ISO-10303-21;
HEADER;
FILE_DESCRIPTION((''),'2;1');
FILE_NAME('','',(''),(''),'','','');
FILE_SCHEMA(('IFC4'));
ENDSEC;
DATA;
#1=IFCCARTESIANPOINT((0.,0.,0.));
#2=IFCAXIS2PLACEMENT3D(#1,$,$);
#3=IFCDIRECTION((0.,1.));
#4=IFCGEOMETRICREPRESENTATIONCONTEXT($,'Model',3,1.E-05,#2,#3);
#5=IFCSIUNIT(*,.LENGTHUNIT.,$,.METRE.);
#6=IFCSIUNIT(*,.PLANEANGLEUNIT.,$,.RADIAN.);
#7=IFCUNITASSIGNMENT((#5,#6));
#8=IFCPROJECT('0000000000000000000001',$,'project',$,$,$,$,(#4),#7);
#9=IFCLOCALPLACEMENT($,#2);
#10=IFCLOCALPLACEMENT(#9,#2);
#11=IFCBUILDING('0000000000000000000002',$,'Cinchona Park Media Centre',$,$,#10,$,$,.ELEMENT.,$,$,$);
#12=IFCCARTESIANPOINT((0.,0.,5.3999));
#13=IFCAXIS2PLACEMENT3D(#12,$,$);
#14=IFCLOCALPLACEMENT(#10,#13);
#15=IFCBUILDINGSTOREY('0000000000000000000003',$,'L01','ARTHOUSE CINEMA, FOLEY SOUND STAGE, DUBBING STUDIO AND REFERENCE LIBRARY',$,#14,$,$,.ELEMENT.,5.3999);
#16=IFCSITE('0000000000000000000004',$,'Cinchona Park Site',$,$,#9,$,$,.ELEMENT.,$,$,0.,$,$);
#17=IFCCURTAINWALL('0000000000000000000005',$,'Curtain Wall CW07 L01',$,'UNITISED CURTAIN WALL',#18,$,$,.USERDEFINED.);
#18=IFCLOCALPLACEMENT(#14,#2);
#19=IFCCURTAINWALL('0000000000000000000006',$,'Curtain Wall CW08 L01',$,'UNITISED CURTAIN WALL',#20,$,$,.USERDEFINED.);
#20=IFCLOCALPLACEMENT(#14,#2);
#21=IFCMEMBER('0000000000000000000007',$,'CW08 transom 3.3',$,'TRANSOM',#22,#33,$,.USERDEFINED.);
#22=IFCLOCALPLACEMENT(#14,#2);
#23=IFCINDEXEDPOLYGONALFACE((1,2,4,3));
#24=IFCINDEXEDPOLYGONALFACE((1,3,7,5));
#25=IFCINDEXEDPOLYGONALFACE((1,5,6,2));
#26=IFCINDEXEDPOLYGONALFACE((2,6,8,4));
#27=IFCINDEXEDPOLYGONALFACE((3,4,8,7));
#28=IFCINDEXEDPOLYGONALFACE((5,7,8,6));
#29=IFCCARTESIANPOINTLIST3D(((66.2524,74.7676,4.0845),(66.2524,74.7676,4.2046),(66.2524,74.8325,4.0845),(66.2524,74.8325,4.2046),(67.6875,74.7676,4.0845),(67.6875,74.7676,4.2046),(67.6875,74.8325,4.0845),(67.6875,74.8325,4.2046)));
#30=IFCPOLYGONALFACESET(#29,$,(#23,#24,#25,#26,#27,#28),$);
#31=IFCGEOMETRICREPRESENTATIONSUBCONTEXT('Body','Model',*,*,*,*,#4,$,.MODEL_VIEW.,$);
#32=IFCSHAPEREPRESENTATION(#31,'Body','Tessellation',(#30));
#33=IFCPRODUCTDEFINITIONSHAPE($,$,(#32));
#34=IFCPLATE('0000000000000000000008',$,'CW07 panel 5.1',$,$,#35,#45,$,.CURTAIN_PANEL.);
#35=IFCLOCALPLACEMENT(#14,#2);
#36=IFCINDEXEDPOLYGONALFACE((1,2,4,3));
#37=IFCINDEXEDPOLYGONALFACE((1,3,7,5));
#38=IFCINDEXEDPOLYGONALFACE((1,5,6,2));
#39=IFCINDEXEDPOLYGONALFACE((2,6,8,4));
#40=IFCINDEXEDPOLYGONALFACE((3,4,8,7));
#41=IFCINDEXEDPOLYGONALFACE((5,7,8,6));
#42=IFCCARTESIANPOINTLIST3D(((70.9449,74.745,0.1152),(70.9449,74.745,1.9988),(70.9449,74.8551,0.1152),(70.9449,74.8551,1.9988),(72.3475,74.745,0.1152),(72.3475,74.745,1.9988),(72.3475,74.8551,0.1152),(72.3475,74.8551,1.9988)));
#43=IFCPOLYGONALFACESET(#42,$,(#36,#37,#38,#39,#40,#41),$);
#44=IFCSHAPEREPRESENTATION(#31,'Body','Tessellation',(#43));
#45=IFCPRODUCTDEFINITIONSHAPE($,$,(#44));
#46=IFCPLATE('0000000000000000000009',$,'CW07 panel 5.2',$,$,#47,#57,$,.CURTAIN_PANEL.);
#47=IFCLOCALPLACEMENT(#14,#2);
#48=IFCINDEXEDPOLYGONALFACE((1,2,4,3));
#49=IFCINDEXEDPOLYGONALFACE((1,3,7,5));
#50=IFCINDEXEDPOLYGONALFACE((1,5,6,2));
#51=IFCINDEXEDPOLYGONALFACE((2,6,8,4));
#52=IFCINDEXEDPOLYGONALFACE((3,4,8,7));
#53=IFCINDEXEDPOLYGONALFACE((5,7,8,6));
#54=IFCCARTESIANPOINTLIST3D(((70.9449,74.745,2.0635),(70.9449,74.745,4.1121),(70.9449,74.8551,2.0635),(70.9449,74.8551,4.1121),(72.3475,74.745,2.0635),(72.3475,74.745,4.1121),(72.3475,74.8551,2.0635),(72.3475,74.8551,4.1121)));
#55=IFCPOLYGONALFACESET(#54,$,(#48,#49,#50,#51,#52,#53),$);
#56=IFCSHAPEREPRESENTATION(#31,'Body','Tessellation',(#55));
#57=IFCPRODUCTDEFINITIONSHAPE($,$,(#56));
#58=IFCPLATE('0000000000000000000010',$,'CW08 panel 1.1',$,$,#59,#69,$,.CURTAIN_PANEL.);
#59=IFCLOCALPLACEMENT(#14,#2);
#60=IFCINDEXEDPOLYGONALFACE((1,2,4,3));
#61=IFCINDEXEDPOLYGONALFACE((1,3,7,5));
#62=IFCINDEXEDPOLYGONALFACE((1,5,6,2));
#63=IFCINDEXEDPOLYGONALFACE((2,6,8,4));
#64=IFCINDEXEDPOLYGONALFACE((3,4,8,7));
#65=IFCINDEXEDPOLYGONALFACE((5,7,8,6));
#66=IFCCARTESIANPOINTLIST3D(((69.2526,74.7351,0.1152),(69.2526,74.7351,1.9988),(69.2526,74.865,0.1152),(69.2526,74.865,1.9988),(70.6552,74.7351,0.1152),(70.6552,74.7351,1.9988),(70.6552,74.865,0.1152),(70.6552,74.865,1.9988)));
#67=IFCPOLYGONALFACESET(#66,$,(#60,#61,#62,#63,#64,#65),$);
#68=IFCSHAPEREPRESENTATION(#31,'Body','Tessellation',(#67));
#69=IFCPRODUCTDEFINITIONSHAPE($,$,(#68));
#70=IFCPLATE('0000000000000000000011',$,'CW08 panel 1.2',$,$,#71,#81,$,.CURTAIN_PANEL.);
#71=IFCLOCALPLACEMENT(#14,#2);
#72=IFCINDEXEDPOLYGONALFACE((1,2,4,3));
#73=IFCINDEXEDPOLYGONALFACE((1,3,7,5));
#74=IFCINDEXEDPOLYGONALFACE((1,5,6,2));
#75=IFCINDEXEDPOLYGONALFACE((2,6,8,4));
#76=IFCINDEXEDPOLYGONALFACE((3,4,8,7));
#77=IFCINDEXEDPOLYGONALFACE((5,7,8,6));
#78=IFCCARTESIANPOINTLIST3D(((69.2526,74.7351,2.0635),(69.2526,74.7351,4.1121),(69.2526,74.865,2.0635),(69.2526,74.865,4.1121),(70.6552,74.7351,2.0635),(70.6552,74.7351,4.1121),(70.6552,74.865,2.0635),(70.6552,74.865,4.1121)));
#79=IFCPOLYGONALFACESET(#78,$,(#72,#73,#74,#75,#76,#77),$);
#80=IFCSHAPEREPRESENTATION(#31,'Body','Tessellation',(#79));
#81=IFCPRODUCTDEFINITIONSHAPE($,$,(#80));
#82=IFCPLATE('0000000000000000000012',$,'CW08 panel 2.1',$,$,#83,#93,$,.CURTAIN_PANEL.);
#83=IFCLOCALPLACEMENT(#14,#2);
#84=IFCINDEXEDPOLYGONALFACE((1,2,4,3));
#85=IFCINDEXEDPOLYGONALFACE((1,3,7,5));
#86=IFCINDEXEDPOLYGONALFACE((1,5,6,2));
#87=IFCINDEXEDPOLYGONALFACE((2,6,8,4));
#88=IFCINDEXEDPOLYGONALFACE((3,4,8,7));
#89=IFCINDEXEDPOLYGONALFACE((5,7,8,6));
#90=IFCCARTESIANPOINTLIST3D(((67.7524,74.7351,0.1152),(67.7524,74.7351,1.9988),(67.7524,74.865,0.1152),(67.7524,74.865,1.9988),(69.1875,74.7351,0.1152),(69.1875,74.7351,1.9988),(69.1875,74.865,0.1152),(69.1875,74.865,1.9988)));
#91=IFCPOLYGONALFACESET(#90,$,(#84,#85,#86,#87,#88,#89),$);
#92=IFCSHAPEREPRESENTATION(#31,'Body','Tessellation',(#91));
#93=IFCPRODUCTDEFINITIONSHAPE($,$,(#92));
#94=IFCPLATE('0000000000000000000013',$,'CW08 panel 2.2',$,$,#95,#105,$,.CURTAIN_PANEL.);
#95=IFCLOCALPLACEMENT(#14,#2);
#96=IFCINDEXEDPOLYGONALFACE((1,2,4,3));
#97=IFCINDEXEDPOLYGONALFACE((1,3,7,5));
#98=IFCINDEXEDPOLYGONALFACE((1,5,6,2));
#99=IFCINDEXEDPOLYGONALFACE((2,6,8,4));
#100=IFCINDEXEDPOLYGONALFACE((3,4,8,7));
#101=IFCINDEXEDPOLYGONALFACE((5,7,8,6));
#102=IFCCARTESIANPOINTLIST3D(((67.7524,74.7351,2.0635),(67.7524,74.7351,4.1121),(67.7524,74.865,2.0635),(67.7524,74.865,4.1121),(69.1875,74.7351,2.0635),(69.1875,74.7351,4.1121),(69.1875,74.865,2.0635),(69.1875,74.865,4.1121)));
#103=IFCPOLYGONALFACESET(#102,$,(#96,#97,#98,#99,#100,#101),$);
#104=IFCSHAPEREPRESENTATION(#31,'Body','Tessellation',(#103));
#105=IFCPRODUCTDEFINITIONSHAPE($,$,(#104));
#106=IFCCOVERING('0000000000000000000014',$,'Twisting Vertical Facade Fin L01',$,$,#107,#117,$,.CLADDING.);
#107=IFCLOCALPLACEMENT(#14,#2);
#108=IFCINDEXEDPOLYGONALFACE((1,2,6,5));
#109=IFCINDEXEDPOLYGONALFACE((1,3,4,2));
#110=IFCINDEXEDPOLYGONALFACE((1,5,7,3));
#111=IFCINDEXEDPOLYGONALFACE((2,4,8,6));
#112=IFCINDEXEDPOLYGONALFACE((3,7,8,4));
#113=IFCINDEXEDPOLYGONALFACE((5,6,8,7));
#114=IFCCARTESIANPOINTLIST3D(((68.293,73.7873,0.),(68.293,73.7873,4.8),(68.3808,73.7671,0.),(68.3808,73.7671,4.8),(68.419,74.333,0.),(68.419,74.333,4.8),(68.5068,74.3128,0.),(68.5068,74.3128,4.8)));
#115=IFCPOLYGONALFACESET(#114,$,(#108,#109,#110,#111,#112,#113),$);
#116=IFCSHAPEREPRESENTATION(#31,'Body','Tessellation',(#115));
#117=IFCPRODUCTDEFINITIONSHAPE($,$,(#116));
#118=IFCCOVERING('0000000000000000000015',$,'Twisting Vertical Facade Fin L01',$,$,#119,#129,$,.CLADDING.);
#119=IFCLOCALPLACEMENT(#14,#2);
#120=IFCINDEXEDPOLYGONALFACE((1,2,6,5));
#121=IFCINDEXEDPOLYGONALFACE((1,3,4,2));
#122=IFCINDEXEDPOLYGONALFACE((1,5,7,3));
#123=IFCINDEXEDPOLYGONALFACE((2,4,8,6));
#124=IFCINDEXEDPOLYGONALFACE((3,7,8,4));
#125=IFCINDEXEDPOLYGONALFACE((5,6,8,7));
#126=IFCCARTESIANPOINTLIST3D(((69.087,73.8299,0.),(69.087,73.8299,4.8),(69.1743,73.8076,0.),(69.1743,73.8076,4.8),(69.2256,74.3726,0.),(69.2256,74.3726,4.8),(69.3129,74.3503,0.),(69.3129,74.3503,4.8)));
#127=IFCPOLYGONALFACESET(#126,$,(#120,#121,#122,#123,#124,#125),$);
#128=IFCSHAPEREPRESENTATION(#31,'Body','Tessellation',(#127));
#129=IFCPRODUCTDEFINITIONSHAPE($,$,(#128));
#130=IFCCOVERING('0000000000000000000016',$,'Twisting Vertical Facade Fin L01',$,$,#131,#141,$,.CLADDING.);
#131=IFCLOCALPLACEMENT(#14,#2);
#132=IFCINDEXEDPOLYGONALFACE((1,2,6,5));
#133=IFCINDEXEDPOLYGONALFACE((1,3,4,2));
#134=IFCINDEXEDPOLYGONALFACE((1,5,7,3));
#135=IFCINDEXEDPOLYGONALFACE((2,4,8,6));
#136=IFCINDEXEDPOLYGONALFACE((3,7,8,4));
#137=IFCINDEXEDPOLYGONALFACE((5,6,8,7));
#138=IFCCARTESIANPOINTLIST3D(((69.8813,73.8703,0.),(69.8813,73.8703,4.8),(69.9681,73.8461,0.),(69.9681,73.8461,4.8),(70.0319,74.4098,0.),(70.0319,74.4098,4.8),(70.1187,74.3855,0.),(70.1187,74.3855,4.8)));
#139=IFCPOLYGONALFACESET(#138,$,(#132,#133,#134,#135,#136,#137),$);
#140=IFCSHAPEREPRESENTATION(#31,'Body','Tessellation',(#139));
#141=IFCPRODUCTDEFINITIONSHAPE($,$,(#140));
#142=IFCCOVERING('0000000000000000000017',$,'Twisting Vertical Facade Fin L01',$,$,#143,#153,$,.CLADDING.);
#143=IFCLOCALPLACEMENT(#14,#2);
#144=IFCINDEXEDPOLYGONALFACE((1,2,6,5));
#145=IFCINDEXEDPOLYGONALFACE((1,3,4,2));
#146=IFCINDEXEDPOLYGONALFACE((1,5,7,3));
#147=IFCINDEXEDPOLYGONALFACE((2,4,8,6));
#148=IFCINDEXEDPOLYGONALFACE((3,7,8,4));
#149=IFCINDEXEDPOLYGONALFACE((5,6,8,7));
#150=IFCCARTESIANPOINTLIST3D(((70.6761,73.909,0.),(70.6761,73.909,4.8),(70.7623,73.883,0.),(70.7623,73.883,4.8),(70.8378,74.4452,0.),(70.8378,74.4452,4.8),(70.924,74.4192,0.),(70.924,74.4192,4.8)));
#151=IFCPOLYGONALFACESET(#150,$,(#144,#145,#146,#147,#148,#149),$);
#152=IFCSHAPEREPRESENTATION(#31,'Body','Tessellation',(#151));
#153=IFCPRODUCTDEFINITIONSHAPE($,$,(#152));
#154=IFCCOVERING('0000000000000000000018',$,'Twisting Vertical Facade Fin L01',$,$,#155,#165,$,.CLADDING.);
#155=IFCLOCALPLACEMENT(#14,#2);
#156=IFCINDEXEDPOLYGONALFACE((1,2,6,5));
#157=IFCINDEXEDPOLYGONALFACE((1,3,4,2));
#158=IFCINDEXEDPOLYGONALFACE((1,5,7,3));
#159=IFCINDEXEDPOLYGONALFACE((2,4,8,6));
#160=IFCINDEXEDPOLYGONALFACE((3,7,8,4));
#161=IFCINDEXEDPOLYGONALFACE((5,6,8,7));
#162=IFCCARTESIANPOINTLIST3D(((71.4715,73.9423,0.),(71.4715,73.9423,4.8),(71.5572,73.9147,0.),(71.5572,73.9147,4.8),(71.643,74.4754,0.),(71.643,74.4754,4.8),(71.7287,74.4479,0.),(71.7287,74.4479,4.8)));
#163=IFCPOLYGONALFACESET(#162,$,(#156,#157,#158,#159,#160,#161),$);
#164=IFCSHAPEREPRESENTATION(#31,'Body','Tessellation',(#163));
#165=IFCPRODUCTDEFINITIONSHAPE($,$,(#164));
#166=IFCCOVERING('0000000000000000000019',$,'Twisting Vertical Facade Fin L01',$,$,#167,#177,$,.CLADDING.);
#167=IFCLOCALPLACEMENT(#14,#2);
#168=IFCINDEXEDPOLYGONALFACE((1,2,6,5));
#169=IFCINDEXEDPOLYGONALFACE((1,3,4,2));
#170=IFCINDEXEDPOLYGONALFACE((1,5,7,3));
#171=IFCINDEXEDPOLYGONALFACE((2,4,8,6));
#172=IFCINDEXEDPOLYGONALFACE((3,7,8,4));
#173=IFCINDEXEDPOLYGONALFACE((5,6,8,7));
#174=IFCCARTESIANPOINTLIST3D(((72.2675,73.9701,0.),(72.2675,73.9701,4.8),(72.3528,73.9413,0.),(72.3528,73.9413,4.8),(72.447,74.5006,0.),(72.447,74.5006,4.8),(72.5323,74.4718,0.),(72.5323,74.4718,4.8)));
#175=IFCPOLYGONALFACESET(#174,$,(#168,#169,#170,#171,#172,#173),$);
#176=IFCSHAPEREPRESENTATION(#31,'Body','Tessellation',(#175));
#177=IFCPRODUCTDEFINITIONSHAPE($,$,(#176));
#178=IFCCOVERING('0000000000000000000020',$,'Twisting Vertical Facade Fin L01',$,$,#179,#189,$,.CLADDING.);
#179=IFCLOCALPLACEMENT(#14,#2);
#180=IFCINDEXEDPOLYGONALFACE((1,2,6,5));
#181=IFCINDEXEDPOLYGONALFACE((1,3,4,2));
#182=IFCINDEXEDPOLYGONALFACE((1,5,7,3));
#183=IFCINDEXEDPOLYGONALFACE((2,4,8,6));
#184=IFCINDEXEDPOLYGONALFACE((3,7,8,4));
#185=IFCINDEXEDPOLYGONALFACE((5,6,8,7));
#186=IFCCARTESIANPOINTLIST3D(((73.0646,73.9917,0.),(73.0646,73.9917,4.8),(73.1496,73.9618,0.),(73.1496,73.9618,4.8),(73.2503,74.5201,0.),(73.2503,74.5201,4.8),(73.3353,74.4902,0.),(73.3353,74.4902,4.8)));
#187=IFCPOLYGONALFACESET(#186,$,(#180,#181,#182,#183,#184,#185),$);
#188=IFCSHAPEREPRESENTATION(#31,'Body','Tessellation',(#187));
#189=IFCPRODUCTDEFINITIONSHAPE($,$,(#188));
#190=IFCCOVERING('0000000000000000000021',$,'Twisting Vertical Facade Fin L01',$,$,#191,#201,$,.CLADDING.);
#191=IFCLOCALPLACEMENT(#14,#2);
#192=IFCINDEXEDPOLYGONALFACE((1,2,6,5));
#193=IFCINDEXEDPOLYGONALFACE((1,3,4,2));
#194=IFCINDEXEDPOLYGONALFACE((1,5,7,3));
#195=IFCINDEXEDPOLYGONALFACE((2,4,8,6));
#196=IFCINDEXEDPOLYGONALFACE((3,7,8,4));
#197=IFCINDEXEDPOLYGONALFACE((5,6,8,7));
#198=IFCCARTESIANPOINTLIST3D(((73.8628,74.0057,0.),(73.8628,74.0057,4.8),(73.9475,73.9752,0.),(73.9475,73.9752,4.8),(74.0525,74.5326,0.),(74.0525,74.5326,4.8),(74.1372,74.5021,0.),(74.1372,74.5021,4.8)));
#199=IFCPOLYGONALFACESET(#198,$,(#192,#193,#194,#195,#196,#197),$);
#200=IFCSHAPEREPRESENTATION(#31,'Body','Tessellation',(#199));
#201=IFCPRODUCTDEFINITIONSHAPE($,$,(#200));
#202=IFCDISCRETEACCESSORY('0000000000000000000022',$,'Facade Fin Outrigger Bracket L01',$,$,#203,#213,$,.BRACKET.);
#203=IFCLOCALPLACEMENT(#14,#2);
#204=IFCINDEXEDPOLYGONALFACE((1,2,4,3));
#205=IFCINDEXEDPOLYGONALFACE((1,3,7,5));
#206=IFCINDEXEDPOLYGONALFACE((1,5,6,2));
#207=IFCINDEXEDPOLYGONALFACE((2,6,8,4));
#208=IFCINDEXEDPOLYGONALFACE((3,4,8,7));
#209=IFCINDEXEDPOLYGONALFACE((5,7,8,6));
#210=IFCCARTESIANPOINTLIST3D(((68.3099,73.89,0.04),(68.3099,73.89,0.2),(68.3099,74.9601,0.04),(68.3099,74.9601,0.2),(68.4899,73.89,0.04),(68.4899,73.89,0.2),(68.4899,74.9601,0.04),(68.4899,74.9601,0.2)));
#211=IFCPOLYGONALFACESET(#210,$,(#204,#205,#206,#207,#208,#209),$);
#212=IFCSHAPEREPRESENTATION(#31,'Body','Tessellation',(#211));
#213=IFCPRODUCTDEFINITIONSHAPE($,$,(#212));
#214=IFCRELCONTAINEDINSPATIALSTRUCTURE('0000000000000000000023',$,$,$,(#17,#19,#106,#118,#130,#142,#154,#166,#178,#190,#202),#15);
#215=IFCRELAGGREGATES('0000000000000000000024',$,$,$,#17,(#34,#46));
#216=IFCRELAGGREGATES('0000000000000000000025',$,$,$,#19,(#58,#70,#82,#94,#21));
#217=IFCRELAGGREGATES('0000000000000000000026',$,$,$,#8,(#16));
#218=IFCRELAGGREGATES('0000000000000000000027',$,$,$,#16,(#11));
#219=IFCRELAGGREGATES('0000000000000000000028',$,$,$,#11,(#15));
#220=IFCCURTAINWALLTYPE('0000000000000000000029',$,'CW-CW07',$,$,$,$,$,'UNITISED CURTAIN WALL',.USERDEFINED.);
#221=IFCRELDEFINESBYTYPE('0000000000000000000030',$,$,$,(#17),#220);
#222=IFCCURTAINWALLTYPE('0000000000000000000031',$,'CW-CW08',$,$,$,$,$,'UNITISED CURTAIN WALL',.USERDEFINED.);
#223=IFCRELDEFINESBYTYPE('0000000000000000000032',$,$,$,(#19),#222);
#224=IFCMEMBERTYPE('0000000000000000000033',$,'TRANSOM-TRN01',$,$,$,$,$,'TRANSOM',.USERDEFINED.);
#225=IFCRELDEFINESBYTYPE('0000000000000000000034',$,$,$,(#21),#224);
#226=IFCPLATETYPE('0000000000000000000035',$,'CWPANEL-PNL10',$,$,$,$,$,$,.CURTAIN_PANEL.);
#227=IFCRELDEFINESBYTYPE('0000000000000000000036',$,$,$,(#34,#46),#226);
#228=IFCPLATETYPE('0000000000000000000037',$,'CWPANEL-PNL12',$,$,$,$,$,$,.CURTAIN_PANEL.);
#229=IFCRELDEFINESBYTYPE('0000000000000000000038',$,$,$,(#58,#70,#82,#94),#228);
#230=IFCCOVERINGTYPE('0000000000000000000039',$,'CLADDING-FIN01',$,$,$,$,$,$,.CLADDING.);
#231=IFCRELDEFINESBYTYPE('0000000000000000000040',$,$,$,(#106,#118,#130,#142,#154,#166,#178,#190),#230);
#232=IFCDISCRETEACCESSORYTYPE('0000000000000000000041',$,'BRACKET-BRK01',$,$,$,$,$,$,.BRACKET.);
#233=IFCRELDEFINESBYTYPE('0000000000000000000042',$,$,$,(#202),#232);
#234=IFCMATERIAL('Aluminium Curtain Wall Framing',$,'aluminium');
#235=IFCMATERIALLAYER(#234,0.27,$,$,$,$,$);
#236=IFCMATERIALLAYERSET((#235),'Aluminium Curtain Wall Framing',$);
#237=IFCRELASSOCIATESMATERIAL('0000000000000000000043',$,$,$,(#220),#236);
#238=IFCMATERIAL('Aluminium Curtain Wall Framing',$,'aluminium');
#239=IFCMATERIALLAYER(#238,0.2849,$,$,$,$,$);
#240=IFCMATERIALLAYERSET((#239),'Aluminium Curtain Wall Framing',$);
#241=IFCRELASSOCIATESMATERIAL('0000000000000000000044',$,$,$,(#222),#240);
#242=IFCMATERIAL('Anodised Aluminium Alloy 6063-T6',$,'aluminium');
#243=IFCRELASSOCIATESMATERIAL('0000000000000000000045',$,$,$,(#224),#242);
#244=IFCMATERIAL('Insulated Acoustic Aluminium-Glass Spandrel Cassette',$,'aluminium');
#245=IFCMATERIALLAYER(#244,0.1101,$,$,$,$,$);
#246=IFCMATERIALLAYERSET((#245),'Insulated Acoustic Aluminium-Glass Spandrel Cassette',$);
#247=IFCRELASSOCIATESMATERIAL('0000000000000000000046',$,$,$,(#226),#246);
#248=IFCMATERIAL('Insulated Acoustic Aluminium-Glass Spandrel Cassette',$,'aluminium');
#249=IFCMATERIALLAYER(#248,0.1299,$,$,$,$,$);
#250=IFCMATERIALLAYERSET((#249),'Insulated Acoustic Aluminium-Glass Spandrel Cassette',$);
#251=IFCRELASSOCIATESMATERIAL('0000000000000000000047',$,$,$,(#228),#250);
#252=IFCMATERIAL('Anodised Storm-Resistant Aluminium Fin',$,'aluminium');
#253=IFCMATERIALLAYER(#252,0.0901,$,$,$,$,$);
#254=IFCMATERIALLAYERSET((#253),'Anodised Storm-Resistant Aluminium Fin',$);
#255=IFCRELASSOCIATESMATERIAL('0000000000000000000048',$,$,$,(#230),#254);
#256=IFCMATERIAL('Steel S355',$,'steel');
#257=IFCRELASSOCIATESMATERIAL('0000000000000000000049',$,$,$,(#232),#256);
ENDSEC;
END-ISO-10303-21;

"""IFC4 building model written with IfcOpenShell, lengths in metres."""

from ifc_helpers import new_model, si_unit, direction, frame, origin, origin_2d, place, context, subcontext, project, spatial, rectangle, extrude, material, layer, layer_set, material_profile, profile_set, type_object, element, aggregate, save


model = new_model("IFC4")

# Units and contexts
model_context = context("Model", 3, precision=1e-05, world=origin(), true_north=direction((0.0, 1.0)))
body_context = subcontext(model_context, "Body", "Model", "MODEL_VIEW")
ifc_project = project(units=[si_unit("LENGTHUNIT", "METRE"), si_unit("PLANEANGLEUNIT", "RADIAN")], contexts=[model_context])

# Site, building, storey
site_placement = place(None, origin())
site = spatial("IfcSite", under=ifc_project, at=site_placement, Name="Cinchona Park Site", CompositionType="ELEMENT", RefElevation=0.0)
building_placement = place(site_placement, origin())
building = spatial("IfcBuilding", under=site, at=building_placement, Name="Cinchona Park Media Centre", CompositionType="ELEMENT")
storey_placement = place(building_placement, frame((0.0, 0.0, 5.3999)))
storey = spatial("IfcBuildingStorey", under=building, at=storey_placement, Name="L01", Description="ARTHOUSE CINEMA, FOLEY SOUND STAGE, DUBBING STUDIO AND REFERENCE LIBRARY", CompositionType="ELEMENT", Elevation=5.3999)

# Curtain wall
ifc_material_1 = material(Name="Aluminium Curtain Wall Framing", Category="aluminium")
ifc_layer_1 = layer(ifc_material_1, 0.27)
ifc_layer_set_1 = layer_set([ifc_layer_1], Name="Aluminium Curtain Wall Framing")
curtain_wall_type_1 = type_object("IfcCurtainWallType", Name="CW-CW07", ElementType="UNITISED CURTAIN WALL", PredefinedType="USERDEFINED", material=ifc_layer_set_1)
curtain_wall_1_placement = place(storey_placement, origin())
curtain_wall_1 = element("IfcCurtainWall", 1, at=curtain_wall_1_placement, inside=storey, type_object=curtain_wall_type_1, Name="Curtain Wall CW07 L01", ObjectType="UNITISED CURTAIN WALL", PredefinedType="USERDEFINED")

# Curtain wall
ifc_material_2 = material(Name="Aluminium Curtain Wall Framing", Category="aluminium")
ifc_layer_2 = layer(ifc_material_2, 0.2849)
ifc_layer_set_2 = layer_set([ifc_layer_2], Name="Aluminium Curtain Wall Framing")
curtain_wall_type_2 = type_object("IfcCurtainWallType", Name="CW-CW08", ElementType="UNITISED CURTAIN WALL", PredefinedType="USERDEFINED", material=ifc_layer_set_2)
curtain_wall_2_placement = place(storey_placement, origin())
curtain_wall_2 = element("IfcCurtainWall", 2, at=curtain_wall_2_placement, inside=storey, type_object=curtain_wall_type_2, Name="Curtain Wall CW08 L01", ObjectType="UNITISED CURTAIN WALL", PredefinedType="USERDEFINED")

# Member
ifc_material_3 = material(Name="Anodised Aluminium Alloy 6063-T6", Category="aluminium")
ifc_material_profile_1 = material_profile(ifc_material_3, rectangle(XDim=0.0649, YDim=0.1201, at=origin_2d()), Name="TRN-65X120")
ifc_profile_set_1 = profile_set([ifc_material_profile_1], Name="Anodised Aluminium Alloy 6063-T6")
member_type_1 = type_object("IfcMemberType", Name="TRANSOM-TRN01", ElementType="TRANSOM", PredefinedType="USERDEFINED", material=ifc_profile_set_1)
member_1_placement = place(storey_placement, frame((67.6875, 74.8, 4.1445), z_axis=(-1.0, 0.0, 0.0), x_axis=(0.0, -1.0, 0.0)))
member_1 = element("IfcMember", 3, at=member_1_placement, type_object=member_type_1, Name="CW08 transom 3.3", ObjectType="TRANSOM", PredefinedType="USERDEFINED", context=body_context, shape_type="SweptSolid", body=[
    extrude(rectangle(XDim=0.0649, YDim=0.1201, at=origin_2d()), origin(), (0.0, 0.0, 1.0), 1.4351),
])

# Plates
ifc_material_4 = material(Name="Insulated Acoustic Aluminium-Glass Spandrel Cassette", Category="aluminium")
ifc_layer_3 = layer(ifc_material_4, 0.1101)
ifc_layer_set_3 = layer_set([ifc_layer_3], Name="Insulated Acoustic Aluminium-Glass Spandrel Cassette")
plate_type_1 = type_object("IfcPlateType", Name="CWPANEL-PNL10", PredefinedType="CURTAIN_PANEL", material=ifc_layer_set_3)
plate_1_placement = place(storey_placement, frame((71.6462, 74.8, 0.1152), z_axis=(0.0, 0.0, 1.0), x_axis=(-1.0, 0.0, 0.0)))
plate_1 = element("IfcPlate", 4, at=plate_1_placement, type_object=plate_type_1, Name="CW07 panel 5.1", PredefinedType="CURTAIN_PANEL", context=body_context, shape_type="SweptSolid", body=[
    extrude(rectangle(XDim=1.4026, YDim=0.1101, at=origin_2d()), origin(), (0.0, 0.0, 1.0), 1.8835),
])
plate_2_placement = place(storey_placement, frame((71.6462, 74.8, 2.0635), z_axis=(0.0, 0.0, 1.0), x_axis=(-1.0, 0.0, 0.0)))
plate_2 = element("IfcPlate", 5, at=plate_2_placement, type_object=plate_type_1, Name="CW07 panel 5.2", PredefinedType="CURTAIN_PANEL", context=body_context, shape_type="SweptSolid", body=[
    extrude(rectangle(XDim=1.4026, YDim=0.1101, at=origin_2d()), origin(), (0.0, 0.0, 1.0), 2.0486),
])
aggregate(curtain_wall_1, [plate_1, plate_2])
ifc_material_5 = material(Name="Insulated Acoustic Aluminium-Glass Spandrel Cassette", Category="aluminium")
ifc_layer_4 = layer(ifc_material_5, 0.1299)
ifc_layer_set_4 = layer_set([ifc_layer_4], Name="Insulated Acoustic Aluminium-Glass Spandrel Cassette")
plate_type_2 = type_object("IfcPlateType", Name="CWPANEL-PNL12", PredefinedType="CURTAIN_PANEL", material=ifc_layer_set_4)
plate_3_placement = place(storey_placement, frame((69.9539, 74.8, 0.1152), z_axis=(0.0, 0.0, 1.0), x_axis=(-1.0, 0.0, 0.0)))
plate_3 = element("IfcPlate", 6, at=plate_3_placement, type_object=plate_type_2, Name="CW08 panel 1.1", PredefinedType="CURTAIN_PANEL", context=body_context, shape_type="SweptSolid", body=[
    extrude(rectangle(XDim=1.4026, YDim=0.1299, at=origin_2d()), origin(), (0.0, 0.0, 1.0), 1.8835),
])
plate_4_placement = place(storey_placement, frame((69.9539, 74.8, 2.0635), z_axis=(0.0, 0.0, 1.0), x_axis=(-1.0, 0.0, 0.0)))
plate_4 = element("IfcPlate", 7, at=plate_4_placement, type_object=plate_type_2, Name="CW08 panel 1.2", PredefinedType="CURTAIN_PANEL", context=body_context, shape_type="SweptSolid", body=[
    extrude(rectangle(XDim=1.4026, YDim=0.1299, at=origin_2d()), origin(), (0.0, 0.0, 1.0), 2.0486),
])
plate_5_placement = place(storey_placement, frame((68.47, 74.8, 0.1152), z_axis=(0.0, 0.0, 1.0), x_axis=(-1.0, 0.0, 0.0)))
plate_5 = element("IfcPlate", 8, at=plate_5_placement, type_object=plate_type_2, Name="CW08 panel 2.1", PredefinedType="CURTAIN_PANEL", context=body_context, shape_type="SweptSolid", body=[
    extrude(rectangle(XDim=1.4351, YDim=0.1299, at=origin_2d()), origin(), (0.0, 0.0, 1.0), 1.8835),
])
plate_6_placement = place(storey_placement, frame((68.47, 74.8, 2.0635), z_axis=(0.0, 0.0, 1.0), x_axis=(-1.0, 0.0, 0.0)))
plate_6 = element("IfcPlate", 9, at=plate_6_placement, type_object=plate_type_2, Name="CW08 panel 2.2", PredefinedType="CURTAIN_PANEL", context=body_context, shape_type="SweptSolid", body=[
    extrude(rectangle(XDim=1.4351, YDim=0.1299, at=origin_2d()), origin(), (0.0, 0.0, 1.0), 2.0486),
])
aggregate(curtain_wall_2, [plate_3, plate_4, plate_5, plate_6, member_1])

# Coverings
ifc_material_6 = material(Name="Anodised Storm-Resistant Aluminium Fin", Category="aluminium")
ifc_layer_5 = layer(ifc_material_6, 0.0901)
ifc_layer_set_5 = layer_set([ifc_layer_5], Name="Anodised Storm-Resistant Aluminium Fin")
covering_type = type_object("IfcCoveringType", Name="CLADDING-FIN01", PredefinedType="CLADDING", material=ifc_layer_set_5)
for number, where, z_axis, x_axis, name in (
    (10, (68.3999, 74.05, 0.0), (0.0, 0.0, 1.0), (0.224951, 0.97437, 0.0), "Twisting Vertical Facade Fin L01"),
    (11, (69.2, 74.0901, 0.0), (0.0, 0.0, 1.0), (0.247337, 0.968929, 0.0), "Twisting Vertical Facade Fin L01"),
    (12, (70.0, 74.1279, 0.0), (0.0, 0.0, 1.0), (0.26892, 0.963163, 0.0), "Twisting Vertical Facade Fin L01"),
    (13, (70.8, 74.1641, 0.0), (0.0, 0.0, 1.0), (0.288698, 0.95742, 0.0), "Twisting Vertical Facade Fin L01"),
    (14, (71.6001, 74.1951, 0.0), (0.0, 0.0, 1.0), (0.306194, 0.951969, 0.0), "Twisting Vertical Facade Fin L01"),
    (15, (72.3999, 74.2209, 0.0), (0.0, 0.0, 1.0), (0.320613, 0.94721, 0.0), "Twisting Vertical Facade Fin L01"),
    (16, (73.2, 74.241, 0.0), (0.0, 0.0, 1.0), (0.331667, 0.943396, 0.0), "Twisting Vertical Facade Fin L01"),
    (17, (74.0, 74.2539, 0.0), (0.0, 0.0, 1.0), (0.338738, 0.940881, 0.0), "Twisting Vertical Facade Fin L01"),
):
    element("IfcCovering", number, at=place(storey_placement, frame(where, z_axis=z_axis, x_axis=x_axis)), inside=storey, type_object=covering_type, Name=name, PredefinedType="CLADDING", context=body_context, shape_type="SweptSolid", body=[
        extrude(rectangle(XDim=0.5601, YDim=0.0901, at=origin_2d()), origin(), (0.0, 0.0, 1.0), 4.8),
    ])

# Discrete accessory
ifc_material_7 = material(Name="Steel S355", Category="steel")
discrete_accessory_type = type_object("IfcDiscreteAccessoryType", Name="BRACKET-BRK01", PredefinedType="BRACKET", material=ifc_material_7)
discrete_accessory_1_placement = place(storey_placement, frame((68.3999, 74.425, 0.04), z_axis=(0.0, 0.0, 1.0), x_axis=(1.0, 0.0, 0.0)))
element("IfcDiscreteAccessory", 18, at=discrete_accessory_1_placement, inside=storey, type_object=discrete_accessory_type, Name="Facade Fin Outrigger Bracket L01", PredefinedType="BRACKET", context=body_context, shape_type="SweptSolid", body=[
    extrude(rectangle(XDim=0.1799, YDim=1.0701, at=origin_2d()), origin(), (0.0, 0.0, 1.0), 0.1599),
])

save(model, "model.ifc")
